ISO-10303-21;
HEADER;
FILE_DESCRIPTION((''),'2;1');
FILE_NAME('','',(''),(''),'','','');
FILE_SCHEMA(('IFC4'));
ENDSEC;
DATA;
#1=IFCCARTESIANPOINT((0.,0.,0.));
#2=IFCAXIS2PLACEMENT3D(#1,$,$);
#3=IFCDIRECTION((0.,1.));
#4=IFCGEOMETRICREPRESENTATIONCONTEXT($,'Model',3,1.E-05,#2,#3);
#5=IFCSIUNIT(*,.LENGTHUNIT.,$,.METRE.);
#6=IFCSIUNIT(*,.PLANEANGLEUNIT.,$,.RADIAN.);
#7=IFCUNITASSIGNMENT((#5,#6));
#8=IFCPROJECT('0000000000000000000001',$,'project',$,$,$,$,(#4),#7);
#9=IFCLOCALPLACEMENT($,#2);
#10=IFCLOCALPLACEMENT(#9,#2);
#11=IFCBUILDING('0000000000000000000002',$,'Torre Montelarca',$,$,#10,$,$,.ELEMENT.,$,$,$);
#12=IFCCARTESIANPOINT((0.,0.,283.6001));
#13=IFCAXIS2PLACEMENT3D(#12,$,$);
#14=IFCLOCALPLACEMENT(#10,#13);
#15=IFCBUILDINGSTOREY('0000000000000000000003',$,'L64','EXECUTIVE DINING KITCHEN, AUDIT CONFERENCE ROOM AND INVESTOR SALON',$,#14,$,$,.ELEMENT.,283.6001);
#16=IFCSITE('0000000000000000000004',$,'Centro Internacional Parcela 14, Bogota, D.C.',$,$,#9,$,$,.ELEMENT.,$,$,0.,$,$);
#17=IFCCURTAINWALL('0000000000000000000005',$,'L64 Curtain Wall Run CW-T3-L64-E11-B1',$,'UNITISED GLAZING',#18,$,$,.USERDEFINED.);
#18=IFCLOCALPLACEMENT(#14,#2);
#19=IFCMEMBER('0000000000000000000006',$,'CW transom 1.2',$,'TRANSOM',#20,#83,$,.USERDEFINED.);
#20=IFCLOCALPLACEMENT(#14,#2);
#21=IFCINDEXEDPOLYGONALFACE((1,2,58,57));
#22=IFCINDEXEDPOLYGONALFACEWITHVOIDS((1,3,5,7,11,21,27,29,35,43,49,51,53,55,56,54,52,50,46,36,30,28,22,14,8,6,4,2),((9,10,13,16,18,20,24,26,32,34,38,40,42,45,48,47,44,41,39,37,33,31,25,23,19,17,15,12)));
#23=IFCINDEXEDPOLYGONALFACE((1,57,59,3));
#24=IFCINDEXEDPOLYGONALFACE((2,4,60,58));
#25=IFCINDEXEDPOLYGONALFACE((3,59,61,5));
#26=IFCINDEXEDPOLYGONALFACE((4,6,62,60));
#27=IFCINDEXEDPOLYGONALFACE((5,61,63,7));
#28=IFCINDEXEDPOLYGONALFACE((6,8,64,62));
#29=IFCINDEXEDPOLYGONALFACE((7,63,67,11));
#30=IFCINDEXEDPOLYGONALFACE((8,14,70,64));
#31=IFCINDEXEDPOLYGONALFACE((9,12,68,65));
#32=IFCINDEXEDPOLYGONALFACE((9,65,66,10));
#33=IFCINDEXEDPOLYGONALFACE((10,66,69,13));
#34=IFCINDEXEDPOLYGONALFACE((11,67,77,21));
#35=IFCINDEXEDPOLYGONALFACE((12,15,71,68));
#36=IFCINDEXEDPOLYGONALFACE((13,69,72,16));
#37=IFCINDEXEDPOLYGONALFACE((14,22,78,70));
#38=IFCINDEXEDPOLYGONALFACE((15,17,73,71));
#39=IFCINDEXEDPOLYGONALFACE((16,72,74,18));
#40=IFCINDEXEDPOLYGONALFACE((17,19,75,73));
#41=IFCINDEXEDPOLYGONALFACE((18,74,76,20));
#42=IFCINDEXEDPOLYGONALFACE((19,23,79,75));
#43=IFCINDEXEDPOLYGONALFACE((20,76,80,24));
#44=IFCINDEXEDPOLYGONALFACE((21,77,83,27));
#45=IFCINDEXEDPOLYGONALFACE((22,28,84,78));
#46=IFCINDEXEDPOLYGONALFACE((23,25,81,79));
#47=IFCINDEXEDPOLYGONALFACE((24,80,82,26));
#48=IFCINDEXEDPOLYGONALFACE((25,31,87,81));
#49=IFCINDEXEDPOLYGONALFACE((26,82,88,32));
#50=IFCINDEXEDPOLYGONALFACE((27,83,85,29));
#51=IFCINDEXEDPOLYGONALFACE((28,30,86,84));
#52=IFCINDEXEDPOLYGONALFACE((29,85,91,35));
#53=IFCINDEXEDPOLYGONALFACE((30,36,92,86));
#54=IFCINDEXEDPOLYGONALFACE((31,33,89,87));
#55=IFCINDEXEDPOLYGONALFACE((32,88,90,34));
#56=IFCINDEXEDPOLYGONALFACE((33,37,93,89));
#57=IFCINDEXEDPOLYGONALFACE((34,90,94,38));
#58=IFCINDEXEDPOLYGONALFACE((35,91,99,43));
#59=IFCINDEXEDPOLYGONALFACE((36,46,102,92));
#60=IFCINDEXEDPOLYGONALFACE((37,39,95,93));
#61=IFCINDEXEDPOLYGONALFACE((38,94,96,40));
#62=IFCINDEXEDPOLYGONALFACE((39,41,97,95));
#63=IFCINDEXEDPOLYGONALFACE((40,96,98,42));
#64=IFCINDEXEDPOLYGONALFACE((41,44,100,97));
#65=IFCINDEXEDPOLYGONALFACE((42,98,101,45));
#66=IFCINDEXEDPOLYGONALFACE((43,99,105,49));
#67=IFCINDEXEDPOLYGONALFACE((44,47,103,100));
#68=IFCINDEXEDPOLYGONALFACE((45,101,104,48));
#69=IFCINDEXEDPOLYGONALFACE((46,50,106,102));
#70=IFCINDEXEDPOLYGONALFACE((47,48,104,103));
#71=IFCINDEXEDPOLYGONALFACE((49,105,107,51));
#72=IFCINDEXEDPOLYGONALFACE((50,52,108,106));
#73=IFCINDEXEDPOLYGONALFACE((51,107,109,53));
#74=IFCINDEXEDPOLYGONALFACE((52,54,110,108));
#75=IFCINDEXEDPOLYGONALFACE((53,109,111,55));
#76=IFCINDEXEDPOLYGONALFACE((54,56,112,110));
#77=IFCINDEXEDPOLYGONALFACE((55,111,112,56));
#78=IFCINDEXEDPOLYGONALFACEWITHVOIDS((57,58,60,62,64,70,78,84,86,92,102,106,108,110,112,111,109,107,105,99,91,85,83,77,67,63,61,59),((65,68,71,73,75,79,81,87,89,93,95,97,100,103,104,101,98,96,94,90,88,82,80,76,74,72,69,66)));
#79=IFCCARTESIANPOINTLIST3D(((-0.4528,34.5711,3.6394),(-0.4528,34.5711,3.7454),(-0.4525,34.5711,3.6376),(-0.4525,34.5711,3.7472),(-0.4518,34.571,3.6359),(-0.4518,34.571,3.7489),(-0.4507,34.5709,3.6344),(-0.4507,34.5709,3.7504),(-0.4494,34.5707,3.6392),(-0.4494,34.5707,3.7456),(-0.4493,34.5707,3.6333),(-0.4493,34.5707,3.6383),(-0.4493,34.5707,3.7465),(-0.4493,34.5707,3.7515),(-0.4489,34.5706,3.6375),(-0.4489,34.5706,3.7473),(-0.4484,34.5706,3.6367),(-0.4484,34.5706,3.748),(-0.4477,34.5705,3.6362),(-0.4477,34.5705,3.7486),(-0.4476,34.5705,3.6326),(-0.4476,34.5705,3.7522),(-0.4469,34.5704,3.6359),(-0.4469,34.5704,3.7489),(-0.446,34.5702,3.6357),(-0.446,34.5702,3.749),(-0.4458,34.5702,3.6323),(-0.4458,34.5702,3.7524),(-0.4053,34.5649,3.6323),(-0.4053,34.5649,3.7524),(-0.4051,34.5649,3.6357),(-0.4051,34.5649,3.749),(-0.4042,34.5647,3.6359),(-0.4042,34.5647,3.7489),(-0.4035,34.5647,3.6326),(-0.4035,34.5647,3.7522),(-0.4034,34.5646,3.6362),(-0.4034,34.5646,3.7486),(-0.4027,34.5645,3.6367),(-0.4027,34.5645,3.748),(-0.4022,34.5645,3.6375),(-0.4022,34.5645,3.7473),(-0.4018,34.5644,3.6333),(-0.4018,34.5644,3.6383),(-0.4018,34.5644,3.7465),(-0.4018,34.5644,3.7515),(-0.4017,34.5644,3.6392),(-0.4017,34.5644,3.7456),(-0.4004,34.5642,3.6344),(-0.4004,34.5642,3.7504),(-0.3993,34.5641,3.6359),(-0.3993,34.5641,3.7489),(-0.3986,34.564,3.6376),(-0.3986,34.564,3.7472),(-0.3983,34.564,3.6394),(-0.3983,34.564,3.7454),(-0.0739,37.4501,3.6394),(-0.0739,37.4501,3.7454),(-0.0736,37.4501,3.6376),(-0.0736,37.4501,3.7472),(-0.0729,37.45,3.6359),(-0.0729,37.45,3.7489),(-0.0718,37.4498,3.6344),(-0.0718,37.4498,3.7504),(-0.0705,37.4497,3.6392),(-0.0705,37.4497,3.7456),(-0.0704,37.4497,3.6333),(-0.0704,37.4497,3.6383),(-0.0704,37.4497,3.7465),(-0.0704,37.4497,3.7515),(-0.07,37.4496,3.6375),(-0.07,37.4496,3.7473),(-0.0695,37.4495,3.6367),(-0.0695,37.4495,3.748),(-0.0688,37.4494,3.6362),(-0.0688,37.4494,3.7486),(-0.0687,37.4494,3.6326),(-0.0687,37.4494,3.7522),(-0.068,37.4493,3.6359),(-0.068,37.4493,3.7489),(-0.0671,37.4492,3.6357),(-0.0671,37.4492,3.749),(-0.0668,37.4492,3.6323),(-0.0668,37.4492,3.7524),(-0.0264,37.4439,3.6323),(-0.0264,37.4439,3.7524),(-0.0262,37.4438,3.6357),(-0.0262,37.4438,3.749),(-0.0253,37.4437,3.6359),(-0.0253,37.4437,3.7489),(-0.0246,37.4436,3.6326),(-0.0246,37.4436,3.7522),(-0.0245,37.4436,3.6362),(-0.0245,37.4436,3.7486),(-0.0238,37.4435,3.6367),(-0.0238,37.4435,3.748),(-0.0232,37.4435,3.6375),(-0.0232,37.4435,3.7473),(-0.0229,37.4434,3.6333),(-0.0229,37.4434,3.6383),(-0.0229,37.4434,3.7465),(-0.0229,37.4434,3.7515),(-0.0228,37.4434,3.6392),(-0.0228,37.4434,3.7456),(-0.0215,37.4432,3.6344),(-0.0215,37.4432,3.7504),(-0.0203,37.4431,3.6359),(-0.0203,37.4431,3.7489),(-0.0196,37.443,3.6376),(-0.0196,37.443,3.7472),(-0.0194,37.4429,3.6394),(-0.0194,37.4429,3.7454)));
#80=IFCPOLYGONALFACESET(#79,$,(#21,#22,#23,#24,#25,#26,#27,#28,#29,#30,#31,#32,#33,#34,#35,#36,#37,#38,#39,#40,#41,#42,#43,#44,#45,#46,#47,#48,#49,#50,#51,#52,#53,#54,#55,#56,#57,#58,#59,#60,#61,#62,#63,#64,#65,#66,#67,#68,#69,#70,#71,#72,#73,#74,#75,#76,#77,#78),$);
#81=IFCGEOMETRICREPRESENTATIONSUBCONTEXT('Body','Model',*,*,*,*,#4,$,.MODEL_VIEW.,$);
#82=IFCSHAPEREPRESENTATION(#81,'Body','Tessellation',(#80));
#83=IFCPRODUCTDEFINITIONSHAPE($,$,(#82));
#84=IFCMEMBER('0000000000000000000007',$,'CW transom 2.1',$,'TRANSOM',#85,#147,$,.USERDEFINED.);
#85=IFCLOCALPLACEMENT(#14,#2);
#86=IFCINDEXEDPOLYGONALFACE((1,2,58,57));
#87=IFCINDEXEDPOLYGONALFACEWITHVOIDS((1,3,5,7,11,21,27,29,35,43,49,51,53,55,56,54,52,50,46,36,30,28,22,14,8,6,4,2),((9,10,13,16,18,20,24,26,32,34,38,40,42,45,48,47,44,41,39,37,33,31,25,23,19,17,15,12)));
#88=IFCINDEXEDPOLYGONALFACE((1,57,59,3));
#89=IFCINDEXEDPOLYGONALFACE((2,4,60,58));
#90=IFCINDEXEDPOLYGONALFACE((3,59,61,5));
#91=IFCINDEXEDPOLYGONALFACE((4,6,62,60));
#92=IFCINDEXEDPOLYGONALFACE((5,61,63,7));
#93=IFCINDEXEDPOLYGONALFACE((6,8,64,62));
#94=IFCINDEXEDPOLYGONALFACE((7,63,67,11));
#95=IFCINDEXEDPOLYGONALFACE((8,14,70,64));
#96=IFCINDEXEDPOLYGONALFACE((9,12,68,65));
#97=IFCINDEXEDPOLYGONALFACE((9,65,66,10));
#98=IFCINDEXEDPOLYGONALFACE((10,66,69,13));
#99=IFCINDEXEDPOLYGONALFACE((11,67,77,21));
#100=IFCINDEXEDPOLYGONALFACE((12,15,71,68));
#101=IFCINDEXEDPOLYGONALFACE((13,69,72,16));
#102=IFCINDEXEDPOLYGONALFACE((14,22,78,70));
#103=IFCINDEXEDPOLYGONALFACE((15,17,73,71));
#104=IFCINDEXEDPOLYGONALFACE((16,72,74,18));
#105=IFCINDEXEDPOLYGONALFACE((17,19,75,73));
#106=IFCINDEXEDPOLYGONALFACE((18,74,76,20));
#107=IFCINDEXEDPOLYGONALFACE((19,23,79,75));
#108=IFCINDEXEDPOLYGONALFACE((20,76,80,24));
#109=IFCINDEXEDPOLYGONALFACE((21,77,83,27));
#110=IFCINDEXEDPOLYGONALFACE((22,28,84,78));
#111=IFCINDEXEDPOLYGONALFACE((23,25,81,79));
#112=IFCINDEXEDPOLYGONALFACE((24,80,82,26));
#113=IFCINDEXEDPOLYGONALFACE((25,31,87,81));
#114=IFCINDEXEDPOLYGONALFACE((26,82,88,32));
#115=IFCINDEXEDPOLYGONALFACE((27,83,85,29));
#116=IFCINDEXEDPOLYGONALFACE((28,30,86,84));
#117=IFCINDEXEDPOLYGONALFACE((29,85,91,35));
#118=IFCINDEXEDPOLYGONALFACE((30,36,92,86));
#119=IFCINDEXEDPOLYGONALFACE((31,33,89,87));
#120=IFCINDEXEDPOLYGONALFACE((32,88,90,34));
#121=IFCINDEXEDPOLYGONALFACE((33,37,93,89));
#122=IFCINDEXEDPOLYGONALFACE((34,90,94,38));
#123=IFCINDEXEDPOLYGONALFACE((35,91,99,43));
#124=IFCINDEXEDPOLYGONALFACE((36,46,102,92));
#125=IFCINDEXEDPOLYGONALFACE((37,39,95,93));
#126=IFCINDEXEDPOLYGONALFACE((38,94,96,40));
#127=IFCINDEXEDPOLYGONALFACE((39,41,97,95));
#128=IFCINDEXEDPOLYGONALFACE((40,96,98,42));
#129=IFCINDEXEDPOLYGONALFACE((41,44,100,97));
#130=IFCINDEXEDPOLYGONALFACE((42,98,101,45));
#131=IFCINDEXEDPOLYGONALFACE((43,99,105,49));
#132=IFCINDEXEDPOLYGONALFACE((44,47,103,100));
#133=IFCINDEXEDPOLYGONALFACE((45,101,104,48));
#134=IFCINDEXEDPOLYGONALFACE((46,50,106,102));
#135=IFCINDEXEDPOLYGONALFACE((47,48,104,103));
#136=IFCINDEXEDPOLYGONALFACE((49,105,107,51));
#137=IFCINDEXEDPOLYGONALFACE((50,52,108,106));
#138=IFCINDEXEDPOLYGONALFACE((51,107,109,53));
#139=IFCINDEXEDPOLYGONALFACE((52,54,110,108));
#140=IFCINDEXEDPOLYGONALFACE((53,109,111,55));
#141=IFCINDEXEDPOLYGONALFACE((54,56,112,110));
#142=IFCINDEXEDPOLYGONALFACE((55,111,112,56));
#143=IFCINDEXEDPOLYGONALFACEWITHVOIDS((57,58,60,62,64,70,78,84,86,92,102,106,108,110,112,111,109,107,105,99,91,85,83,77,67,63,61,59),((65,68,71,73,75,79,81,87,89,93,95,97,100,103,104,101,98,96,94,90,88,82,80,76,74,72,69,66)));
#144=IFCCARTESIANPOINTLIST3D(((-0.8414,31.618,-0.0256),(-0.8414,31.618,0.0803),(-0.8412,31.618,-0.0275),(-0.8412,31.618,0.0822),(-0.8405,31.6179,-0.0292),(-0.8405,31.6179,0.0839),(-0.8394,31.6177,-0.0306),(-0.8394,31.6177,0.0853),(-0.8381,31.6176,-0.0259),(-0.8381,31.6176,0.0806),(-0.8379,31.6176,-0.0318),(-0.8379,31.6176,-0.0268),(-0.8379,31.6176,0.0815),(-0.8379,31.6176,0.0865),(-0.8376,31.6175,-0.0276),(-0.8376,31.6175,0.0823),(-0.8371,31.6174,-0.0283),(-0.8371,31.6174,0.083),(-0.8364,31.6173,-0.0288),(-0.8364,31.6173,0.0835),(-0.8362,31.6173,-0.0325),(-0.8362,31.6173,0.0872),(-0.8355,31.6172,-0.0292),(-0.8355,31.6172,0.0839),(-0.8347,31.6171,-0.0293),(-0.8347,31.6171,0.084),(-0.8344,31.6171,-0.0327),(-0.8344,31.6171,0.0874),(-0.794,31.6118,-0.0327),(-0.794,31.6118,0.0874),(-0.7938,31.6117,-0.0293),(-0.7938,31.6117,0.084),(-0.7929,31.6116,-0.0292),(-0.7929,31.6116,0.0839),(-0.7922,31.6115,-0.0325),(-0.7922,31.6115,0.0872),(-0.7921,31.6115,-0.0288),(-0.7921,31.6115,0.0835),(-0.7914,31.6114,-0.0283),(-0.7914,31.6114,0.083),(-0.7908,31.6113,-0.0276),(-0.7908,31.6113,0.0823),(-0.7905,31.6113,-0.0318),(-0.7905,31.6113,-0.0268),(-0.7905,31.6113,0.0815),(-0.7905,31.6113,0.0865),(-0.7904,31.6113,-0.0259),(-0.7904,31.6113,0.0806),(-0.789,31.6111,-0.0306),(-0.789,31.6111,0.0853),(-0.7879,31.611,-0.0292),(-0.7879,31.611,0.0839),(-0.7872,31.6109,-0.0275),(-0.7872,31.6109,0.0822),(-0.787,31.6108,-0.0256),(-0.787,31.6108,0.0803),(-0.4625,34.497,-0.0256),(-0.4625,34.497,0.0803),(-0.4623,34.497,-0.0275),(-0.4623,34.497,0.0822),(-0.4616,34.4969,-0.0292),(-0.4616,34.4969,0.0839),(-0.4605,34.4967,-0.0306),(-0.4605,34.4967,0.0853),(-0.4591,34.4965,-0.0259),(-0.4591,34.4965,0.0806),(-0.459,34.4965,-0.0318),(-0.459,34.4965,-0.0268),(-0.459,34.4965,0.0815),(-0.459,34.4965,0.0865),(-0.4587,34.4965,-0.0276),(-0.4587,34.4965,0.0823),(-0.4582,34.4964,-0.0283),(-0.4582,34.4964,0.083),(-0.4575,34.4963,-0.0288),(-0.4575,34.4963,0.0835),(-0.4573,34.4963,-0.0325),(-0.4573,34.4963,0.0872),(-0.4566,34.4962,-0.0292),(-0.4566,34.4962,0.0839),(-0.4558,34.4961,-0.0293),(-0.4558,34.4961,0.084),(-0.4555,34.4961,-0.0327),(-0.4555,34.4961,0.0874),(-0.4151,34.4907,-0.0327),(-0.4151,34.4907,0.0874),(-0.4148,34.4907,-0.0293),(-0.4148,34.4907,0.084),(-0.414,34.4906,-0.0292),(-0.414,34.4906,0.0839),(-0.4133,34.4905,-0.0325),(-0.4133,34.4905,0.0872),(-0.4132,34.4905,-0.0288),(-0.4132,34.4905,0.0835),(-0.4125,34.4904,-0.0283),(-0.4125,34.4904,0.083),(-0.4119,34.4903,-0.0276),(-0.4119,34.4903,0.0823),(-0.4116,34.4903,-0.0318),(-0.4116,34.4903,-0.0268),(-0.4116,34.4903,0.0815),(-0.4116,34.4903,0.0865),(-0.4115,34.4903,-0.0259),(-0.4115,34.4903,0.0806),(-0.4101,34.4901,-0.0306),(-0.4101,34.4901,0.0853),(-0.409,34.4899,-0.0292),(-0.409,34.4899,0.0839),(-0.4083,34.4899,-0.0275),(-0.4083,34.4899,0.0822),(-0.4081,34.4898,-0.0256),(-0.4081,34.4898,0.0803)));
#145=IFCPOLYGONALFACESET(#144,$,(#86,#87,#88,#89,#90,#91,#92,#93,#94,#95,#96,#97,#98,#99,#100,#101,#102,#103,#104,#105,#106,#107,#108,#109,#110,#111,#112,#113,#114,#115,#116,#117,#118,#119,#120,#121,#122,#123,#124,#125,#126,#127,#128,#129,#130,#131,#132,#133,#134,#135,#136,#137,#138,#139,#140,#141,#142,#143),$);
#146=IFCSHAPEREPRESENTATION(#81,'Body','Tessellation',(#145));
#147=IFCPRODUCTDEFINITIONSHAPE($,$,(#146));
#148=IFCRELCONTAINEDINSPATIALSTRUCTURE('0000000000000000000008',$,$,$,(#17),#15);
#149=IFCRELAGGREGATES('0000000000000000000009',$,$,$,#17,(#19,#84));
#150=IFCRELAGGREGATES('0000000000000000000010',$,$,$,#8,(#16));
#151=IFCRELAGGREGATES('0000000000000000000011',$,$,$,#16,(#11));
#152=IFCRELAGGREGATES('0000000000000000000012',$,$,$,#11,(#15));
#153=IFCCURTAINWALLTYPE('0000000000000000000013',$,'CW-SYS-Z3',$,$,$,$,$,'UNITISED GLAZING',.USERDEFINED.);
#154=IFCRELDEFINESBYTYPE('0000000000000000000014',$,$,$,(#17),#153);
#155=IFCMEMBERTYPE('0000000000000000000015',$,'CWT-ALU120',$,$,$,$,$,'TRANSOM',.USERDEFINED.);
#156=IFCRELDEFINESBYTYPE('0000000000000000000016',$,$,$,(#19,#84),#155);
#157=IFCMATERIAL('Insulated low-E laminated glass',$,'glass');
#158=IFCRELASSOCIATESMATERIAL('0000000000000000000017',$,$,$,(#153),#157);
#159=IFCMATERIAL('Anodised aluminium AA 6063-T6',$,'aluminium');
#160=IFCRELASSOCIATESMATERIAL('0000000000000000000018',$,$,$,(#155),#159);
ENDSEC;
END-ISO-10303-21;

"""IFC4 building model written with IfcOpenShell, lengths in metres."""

from ifc_helpers import new_model, si_unit, direction, frame, origin, origin_2d, place, context, subcontext, project, spatial, hollow_rectangle, extrude, source, transform, mapped, material, material_profile, profile_set, type_object, element, aggregate, save


model = new_model("IFC4")

# Units and contexts
model_context = context("Model", 3, precision=1e-05, world=origin(), true_north=direction((0.0, 1.0)))
body_context = subcontext(model_context, "Body", "Model", "MODEL_VIEW")
ifc_project = project(units=[si_unit("LENGTHUNIT", "METRE"), si_unit("PLANEANGLEUNIT", "RADIAN")], contexts=[model_context])

# Site, building, storey
site_placement = place(None, origin())
site = spatial("IfcSite", under=ifc_project, at=site_placement, Name="Centro Internacional Parcela 14, Bogota, D.C.", CompositionType="ELEMENT", RefElevation=0.0)
building_placement = place(site_placement, origin())
building = spatial("IfcBuilding", under=site, at=building_placement, Name="Torre Montelarca", CompositionType="ELEMENT")
storey_placement = place(building_placement, frame((0.0, 0.0, 283.6001)))
storey = spatial("IfcBuildingStorey", under=building, at=storey_placement, Name="L64", Description="EXECUTIVE DINING KITCHEN, AUDIT CONFERENCE ROOM AND INVESTOR SALON", CompositionType="ELEMENT", Elevation=283.6001)

# Shared definitions
ifc_material_1 = material(Name="Insulated low-E laminated glass", Category="glass")
curtain_wall_type = type_object("IfcCurtainWallType", Name="CW-SYS-Z3", ElementType="UNITISED GLAZING", PredefinedType="USERDEFINED", material=ifc_material_1)
ifc_material_2 = material(Name="Anodised aluminium AA 6063-T6", Category="aluminium")

# Curtain wall, members
curtain_wall_1_placement = place(storey_placement, origin())
curtain_wall_1 = element("IfcCurtainWall", 1, at=curtain_wall_1_placement, inside=storey, type_object=curtain_wall_type, Name="L64 Curtain Wall Run CW-T3-L64-E11-B1", ObjectType="UNITISED GLAZING", PredefinedType="USERDEFINED")
ifc_material_profile_1 = material_profile(ifc_material_2, hollow_rectangle(XDim=0.0549, YDim=0.1201, WallThickness=0.0034, InnerFilletRadius=0.0034, OuterFilletRadius=0.0071, at=origin_2d()), Name="ALU55X120X3.5", Category="aluminium")
ifc_profile_set_1 = profile_set([ifc_material_profile_1], Name="Anodised aluminium AA 6063-T6")
member_type_1 = type_object("IfcMemberType", Name="CWT-ALU120", ElementType="TRANSOM", PredefinedType="USERDEFINED", material=ifc_profile_set_1)
shared_shape_1 = source(origin(), body_context, "Body", "SweptSolid", [
    extrude(hollow_rectangle(XDim=0.0549, YDim=0.1201, WallThickness=0.0034, InnerFilletRadius=0.0034, OuterFilletRadius=0.0071, at=origin_2d()), origin(), (0.0, 0.0, 1.0), 2.9038),
])
member_1_placement = place(storey_placement, frame((-0.0466, 37.4465, 3.6924), z_axis=(-0.130489, -0.99145, 0.0), x_axis=(0.99145, -0.130489, 0.0)))
member_1 = element("IfcMember", 2, at=member_1_placement, type_object=member_type_1, Name="CW transom 1.2", ObjectType="TRANSOM", PredefinedType="USERDEFINED", context=body_context, shape_type="MappedRepresentation", body=[
    mapped(shared_shape_1, transform((0.0, 0.0, 0.0), scale=1.0)),
])
member_2_placement = place(storey_placement, frame((-0.4353, 34.4934, 0.0273), z_axis=(-0.130489, -0.99145, 0.0), x_axis=(0.99145, -0.130489, 0.0)))
member_2 = element("IfcMember", 3, at=member_2_placement, type_object=member_type_1, Name="CW transom 2.1", ObjectType="TRANSOM", PredefinedType="USERDEFINED", context=body_context, shape_type="MappedRepresentation", body=[
    mapped(shared_shape_1, transform((0.0, 0.0, 0.0), scale=1.0)),
])
aggregate(curtain_wall_1, [member_1, member_2])

save(model, "model.ifc")
